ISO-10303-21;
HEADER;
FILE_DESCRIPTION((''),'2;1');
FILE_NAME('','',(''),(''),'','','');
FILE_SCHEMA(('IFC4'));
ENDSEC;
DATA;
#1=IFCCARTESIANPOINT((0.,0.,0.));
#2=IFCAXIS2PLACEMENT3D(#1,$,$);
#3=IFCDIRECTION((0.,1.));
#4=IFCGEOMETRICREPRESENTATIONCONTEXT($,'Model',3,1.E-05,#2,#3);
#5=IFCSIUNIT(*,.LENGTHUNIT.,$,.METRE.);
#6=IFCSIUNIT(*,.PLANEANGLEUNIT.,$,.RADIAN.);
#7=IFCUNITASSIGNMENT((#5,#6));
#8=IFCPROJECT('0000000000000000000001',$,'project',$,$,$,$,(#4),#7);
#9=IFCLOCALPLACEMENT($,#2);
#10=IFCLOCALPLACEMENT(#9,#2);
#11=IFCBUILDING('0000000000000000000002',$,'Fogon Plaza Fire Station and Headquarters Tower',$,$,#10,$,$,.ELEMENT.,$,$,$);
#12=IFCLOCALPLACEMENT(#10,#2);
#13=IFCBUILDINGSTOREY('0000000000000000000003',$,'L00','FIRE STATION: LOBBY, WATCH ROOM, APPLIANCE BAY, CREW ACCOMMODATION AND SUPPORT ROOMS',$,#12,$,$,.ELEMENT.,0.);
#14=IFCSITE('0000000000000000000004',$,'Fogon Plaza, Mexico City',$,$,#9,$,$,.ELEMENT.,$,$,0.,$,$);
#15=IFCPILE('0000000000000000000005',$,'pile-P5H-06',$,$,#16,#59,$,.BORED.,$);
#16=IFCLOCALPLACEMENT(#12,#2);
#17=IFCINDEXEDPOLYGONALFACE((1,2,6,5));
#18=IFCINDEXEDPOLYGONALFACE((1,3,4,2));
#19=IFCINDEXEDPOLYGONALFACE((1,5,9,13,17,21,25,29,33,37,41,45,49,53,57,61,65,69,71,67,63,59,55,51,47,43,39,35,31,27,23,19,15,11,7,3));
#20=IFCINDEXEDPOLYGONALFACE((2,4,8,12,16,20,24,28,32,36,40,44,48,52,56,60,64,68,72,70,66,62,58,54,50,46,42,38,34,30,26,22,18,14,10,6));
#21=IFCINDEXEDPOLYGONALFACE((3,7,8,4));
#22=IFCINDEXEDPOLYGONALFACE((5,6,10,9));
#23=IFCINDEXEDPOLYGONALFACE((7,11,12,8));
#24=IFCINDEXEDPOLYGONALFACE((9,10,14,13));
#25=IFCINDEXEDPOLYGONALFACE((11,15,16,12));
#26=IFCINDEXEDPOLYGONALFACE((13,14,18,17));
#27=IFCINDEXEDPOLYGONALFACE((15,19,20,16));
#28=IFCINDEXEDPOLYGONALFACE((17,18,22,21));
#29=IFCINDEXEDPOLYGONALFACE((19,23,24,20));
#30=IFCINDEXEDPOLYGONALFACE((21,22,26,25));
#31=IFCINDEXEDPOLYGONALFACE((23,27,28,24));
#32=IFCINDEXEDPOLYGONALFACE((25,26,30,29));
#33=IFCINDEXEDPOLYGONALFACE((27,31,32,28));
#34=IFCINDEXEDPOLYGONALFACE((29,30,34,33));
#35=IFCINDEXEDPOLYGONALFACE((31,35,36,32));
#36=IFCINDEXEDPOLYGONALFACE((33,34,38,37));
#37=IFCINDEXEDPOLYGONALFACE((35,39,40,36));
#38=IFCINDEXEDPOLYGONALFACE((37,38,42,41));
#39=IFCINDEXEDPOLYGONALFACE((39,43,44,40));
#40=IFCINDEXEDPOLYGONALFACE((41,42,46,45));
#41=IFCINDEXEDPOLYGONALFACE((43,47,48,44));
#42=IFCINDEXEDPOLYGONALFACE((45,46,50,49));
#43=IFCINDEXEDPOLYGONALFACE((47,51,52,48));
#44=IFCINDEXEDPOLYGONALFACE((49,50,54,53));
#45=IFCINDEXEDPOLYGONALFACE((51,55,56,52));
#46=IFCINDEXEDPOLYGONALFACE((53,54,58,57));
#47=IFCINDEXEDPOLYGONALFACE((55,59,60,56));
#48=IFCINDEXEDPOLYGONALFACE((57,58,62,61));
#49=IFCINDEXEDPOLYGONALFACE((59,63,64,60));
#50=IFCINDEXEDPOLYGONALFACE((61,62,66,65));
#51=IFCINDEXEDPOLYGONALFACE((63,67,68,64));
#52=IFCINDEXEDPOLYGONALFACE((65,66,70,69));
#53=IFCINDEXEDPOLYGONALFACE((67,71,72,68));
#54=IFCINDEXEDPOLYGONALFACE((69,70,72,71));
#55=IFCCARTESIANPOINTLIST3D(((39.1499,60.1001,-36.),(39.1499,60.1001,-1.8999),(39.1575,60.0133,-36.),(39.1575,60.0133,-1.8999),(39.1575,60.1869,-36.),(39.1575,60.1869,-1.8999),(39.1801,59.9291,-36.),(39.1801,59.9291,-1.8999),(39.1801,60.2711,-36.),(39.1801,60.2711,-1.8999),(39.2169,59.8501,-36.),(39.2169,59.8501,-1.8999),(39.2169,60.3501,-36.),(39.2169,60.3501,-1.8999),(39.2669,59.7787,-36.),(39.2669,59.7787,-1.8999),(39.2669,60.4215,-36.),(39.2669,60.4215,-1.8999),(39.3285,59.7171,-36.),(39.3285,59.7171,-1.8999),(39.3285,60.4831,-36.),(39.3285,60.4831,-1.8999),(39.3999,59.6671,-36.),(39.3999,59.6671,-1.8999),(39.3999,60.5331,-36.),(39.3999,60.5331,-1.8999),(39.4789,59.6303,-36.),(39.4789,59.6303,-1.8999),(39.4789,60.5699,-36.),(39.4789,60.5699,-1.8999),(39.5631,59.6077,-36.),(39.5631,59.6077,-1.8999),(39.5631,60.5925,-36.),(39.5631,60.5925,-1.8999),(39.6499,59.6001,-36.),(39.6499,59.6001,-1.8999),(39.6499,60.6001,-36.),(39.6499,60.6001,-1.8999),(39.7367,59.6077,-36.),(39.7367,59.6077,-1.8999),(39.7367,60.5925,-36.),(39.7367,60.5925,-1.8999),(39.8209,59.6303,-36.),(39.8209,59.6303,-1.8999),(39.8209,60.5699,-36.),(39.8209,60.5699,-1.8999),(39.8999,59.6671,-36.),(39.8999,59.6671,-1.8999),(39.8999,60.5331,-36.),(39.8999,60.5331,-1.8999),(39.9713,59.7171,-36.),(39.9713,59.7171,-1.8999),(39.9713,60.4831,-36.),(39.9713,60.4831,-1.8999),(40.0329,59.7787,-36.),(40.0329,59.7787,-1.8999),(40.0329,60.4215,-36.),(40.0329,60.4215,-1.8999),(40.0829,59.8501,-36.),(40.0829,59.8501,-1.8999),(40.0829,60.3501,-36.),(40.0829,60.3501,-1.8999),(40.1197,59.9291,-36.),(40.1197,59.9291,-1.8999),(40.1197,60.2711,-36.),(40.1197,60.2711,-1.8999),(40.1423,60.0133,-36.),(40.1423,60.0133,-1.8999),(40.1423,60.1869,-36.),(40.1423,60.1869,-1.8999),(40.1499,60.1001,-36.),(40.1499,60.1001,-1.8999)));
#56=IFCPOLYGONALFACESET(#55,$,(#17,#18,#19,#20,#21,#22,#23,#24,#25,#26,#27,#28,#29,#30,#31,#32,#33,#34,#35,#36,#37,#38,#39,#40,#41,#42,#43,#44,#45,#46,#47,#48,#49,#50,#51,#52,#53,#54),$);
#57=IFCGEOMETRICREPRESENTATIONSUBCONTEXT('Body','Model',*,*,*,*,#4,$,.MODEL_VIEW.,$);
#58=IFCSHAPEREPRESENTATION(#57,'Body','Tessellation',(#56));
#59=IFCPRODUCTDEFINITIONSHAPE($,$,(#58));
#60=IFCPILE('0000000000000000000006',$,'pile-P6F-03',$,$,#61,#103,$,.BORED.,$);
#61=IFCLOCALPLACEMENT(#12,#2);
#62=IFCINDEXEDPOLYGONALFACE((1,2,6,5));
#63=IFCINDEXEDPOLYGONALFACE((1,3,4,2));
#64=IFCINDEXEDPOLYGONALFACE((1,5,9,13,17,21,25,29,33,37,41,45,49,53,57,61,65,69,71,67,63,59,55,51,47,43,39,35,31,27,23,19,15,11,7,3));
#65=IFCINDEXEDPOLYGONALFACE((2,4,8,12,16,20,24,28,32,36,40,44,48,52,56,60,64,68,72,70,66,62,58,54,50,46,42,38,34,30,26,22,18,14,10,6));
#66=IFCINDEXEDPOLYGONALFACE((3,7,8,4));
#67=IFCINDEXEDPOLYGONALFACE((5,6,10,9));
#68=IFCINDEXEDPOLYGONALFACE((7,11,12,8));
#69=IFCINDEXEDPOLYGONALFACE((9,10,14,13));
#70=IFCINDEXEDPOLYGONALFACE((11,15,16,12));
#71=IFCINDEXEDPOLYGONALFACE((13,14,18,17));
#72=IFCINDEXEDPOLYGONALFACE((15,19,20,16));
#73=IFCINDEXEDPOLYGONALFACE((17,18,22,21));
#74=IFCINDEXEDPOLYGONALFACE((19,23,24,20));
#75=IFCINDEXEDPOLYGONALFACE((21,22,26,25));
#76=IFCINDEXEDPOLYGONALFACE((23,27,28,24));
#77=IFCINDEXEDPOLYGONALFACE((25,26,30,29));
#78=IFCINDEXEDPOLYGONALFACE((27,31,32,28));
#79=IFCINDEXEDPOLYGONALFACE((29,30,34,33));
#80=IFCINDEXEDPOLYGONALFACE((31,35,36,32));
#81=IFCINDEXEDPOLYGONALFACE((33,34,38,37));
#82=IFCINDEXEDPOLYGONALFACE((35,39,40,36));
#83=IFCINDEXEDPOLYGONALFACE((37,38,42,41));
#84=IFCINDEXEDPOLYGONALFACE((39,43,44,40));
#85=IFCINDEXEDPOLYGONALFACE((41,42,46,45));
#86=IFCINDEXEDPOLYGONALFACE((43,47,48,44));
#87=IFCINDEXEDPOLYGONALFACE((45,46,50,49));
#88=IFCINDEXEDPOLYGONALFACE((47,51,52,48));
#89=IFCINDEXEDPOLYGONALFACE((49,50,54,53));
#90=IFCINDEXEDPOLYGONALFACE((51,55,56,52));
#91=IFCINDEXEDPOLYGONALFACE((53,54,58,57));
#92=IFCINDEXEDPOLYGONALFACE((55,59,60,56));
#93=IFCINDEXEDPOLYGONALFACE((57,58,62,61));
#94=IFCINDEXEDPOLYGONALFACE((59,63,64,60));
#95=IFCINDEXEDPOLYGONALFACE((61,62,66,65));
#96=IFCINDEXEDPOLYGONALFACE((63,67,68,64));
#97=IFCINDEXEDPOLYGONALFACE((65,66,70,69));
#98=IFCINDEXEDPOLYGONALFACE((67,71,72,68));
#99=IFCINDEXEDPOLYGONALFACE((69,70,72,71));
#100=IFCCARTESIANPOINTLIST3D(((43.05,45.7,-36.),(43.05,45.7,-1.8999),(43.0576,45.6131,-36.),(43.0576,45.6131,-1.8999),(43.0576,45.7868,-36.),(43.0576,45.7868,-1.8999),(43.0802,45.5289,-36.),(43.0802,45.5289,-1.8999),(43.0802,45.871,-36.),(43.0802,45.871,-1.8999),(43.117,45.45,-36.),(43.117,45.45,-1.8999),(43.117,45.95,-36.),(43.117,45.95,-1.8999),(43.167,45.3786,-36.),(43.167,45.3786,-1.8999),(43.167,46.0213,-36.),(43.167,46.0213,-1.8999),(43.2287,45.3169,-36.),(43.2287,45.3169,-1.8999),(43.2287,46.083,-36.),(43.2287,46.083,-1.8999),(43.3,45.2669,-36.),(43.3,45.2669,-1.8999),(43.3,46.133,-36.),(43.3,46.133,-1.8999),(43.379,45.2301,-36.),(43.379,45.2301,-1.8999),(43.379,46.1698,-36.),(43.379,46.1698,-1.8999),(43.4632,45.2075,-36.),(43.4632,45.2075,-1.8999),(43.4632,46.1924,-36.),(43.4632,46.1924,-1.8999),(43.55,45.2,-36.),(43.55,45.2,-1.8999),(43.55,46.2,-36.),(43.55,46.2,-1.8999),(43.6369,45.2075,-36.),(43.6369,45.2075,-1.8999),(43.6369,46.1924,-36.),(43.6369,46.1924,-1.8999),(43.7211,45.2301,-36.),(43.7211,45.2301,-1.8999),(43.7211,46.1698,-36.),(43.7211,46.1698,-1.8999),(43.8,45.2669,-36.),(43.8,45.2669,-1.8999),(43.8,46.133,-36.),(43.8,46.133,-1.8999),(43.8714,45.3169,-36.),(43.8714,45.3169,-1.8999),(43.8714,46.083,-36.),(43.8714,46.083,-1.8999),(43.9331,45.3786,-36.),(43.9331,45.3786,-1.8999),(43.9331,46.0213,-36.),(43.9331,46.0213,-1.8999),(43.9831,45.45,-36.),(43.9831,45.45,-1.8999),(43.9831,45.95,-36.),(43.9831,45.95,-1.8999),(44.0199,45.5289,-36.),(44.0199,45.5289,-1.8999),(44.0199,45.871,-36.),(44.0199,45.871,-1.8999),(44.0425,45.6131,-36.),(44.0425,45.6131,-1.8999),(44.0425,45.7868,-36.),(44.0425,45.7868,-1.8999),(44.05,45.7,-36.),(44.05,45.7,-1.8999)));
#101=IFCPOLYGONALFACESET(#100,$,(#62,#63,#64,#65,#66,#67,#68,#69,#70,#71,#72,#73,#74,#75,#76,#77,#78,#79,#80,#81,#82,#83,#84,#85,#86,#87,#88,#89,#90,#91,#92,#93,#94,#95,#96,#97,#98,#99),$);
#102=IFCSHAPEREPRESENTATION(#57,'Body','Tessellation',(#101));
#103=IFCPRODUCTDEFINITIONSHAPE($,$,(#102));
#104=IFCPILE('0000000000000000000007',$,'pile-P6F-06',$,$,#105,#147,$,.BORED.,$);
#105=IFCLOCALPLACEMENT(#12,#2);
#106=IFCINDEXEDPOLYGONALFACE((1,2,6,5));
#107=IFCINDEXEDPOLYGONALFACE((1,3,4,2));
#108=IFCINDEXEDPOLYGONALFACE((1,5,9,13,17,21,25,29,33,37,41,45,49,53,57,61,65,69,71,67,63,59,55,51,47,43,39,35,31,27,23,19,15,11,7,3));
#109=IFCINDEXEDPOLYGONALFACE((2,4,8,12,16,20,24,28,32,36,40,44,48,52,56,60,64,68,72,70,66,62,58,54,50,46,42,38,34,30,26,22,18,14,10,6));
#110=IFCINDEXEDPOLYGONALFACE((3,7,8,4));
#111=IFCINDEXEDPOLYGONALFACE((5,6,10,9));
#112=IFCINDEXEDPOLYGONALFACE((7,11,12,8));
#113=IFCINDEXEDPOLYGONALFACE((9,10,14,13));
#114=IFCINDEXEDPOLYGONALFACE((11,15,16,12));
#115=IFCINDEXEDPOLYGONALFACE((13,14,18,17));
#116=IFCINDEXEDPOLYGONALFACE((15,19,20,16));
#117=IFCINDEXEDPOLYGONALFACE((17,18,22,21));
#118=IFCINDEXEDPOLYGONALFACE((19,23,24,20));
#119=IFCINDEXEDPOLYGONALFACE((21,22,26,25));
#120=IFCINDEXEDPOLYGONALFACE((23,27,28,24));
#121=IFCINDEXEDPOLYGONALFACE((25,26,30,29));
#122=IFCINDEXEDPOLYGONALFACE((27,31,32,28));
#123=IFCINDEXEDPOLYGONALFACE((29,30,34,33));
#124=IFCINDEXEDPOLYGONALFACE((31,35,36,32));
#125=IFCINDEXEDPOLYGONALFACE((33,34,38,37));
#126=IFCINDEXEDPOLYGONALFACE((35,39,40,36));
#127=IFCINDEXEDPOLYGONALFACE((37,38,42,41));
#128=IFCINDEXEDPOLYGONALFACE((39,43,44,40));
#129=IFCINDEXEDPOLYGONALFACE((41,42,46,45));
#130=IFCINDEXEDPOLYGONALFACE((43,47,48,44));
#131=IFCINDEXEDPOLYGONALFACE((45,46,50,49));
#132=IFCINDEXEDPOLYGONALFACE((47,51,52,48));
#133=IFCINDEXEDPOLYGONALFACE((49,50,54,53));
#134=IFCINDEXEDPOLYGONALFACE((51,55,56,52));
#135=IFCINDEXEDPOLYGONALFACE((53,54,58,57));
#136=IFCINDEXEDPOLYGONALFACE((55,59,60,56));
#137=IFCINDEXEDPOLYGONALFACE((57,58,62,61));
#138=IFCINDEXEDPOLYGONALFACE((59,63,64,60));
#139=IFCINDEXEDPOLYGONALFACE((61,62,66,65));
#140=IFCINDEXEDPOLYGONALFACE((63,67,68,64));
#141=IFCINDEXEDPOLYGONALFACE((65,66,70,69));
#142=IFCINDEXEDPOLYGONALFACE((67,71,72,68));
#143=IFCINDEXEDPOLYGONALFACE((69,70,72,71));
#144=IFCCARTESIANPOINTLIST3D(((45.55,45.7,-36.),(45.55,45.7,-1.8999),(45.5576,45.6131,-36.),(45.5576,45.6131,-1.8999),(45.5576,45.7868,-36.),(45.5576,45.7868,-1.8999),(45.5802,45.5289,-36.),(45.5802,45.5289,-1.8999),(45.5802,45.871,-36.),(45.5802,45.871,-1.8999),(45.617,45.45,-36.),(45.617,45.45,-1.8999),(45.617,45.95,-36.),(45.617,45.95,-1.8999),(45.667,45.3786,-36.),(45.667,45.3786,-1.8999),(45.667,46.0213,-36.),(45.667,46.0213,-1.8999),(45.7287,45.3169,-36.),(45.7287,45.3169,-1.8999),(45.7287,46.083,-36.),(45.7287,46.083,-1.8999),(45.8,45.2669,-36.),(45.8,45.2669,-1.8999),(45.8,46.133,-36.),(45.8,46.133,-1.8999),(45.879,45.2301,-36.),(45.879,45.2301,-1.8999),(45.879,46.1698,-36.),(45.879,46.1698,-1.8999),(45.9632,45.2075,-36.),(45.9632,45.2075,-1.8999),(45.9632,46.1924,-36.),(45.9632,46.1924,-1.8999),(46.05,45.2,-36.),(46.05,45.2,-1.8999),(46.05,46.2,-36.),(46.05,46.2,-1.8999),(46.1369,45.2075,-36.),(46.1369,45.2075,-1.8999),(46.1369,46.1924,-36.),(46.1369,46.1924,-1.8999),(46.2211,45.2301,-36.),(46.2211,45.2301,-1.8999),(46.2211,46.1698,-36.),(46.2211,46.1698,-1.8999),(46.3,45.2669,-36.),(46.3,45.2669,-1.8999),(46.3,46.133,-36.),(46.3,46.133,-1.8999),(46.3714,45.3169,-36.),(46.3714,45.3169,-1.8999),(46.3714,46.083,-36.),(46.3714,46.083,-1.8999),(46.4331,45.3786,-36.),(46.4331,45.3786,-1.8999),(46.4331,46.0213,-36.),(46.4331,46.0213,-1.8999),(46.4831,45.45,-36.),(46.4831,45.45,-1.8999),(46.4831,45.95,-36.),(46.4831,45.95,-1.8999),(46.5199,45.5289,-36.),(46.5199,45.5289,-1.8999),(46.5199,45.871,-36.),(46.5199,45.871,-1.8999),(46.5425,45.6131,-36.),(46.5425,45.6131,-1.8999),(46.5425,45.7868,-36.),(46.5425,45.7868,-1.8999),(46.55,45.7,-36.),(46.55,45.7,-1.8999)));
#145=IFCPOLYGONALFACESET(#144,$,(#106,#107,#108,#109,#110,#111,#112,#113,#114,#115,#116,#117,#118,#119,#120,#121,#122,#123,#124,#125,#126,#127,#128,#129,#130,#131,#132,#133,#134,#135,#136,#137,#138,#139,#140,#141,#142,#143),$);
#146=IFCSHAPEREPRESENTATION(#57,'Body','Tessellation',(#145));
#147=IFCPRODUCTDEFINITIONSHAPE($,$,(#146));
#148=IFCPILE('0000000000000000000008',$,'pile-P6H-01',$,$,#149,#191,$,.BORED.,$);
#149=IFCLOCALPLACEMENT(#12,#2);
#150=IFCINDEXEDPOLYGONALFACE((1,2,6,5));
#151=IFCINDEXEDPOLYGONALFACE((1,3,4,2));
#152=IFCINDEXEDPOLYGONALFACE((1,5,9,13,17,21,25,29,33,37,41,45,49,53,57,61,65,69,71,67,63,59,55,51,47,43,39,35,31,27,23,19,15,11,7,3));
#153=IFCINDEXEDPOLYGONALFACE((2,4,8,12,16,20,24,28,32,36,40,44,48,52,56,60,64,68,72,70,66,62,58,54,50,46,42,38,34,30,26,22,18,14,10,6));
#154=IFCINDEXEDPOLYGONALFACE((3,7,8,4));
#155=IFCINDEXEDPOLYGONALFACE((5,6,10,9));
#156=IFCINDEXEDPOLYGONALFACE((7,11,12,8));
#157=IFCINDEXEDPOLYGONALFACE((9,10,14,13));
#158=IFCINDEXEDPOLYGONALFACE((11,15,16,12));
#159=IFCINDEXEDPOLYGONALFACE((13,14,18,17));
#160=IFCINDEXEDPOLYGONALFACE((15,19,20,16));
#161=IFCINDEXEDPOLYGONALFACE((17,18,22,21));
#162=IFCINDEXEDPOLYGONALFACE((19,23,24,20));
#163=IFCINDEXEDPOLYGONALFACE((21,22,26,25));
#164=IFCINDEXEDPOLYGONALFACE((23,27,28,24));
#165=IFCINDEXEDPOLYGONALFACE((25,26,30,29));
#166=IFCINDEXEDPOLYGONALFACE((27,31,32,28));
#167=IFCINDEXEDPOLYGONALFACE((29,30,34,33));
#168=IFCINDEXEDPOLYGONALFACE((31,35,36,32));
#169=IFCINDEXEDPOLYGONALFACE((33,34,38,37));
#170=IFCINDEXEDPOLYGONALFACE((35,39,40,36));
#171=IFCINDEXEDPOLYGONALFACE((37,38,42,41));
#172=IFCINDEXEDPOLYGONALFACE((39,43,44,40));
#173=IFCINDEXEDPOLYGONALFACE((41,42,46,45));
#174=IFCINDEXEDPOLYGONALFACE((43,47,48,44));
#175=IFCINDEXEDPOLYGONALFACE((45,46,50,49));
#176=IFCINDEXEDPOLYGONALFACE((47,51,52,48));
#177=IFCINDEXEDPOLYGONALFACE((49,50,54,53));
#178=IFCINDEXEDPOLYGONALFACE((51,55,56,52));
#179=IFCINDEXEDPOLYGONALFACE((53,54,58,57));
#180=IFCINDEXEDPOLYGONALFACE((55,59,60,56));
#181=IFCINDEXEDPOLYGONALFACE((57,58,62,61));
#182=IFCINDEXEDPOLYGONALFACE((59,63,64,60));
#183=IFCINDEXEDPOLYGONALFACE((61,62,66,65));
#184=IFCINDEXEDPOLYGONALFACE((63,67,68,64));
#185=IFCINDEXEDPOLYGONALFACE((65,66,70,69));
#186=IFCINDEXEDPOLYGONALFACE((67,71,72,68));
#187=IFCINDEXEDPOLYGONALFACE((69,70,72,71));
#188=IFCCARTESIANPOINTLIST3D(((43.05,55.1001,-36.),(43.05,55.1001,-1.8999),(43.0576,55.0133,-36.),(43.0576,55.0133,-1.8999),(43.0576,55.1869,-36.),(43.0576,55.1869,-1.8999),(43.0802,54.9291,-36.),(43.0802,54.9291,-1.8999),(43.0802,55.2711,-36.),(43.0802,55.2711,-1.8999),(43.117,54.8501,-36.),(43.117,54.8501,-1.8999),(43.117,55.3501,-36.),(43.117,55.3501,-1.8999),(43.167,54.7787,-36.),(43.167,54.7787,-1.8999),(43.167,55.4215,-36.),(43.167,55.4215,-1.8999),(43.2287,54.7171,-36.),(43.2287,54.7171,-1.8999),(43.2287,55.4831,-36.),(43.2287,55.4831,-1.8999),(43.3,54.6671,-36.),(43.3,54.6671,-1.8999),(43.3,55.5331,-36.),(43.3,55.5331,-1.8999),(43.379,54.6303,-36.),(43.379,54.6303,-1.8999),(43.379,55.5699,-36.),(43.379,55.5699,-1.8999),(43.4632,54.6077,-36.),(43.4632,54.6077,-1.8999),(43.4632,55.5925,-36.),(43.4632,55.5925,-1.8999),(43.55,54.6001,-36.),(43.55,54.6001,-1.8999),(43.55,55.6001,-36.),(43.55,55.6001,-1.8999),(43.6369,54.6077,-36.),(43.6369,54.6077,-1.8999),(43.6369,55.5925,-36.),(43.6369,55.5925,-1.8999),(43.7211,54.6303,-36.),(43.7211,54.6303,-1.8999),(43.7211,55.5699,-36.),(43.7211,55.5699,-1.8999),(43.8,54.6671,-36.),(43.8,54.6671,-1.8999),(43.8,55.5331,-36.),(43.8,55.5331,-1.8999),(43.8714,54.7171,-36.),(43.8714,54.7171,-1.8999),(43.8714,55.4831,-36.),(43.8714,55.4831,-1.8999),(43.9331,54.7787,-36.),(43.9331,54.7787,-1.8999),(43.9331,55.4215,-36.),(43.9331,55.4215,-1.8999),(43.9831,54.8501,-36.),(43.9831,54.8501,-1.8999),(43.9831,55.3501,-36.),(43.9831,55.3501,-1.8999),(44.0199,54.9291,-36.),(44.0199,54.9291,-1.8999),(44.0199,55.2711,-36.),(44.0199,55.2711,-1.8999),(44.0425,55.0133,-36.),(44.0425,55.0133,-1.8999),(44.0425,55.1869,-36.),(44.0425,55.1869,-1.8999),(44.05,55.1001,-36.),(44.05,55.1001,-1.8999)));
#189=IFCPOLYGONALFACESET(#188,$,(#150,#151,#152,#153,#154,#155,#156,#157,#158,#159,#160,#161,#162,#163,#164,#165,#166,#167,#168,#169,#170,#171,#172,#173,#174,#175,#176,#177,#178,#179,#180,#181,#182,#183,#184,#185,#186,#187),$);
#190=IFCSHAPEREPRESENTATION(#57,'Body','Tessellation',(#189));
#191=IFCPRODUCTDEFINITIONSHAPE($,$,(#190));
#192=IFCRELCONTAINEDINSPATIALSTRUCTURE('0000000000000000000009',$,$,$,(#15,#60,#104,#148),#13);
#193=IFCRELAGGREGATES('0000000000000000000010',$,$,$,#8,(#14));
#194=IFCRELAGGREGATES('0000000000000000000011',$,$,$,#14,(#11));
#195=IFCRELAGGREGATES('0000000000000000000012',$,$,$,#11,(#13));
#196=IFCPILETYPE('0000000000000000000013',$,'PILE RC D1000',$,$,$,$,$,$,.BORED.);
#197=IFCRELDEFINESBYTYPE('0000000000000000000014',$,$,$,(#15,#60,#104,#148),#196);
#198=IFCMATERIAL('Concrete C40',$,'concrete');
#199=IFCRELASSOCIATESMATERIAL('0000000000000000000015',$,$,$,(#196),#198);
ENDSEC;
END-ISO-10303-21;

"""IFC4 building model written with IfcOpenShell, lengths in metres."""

from ifc_helpers import new_model, si_unit, direction, frame, origin, origin_2d, place, context, subcontext, project, spatial, circle, extrude, material, material_profile, profile_set, type_object, element, save


model = new_model("IFC4")

# Units and contexts
model_context = context("Model", 3, precision=1e-05, world=origin(), true_north=direction((0.0, 1.0)))
body_context = subcontext(model_context, "Body", "Model", "MODEL_VIEW")
ifc_project = project(units=[si_unit("LENGTHUNIT", "METRE"), si_unit("PLANEANGLEUNIT", "RADIAN")], contexts=[model_context])

# Site, building, storey
site_placement = place(None, origin())
site = spatial("IfcSite", under=ifc_project, at=site_placement, Name="Fogon Plaza, Mexico City", CompositionType="ELEMENT", RefElevation=0.0)
building_placement = place(site_placement, origin())
building = spatial("IfcBuilding", under=site, at=building_placement, Name="Fogon Plaza Fire Station and Headquarters Tower", CompositionType="ELEMENT")
storey_placement = place(building_placement, origin())
storey = spatial("IfcBuildingStorey", under=building, at=storey_placement, Name="L00", Description="FIRE STATION: LOBBY, WATCH ROOM, APPLIANCE BAY, CREW ACCOMMODATION AND SUPPORT ROOMS", CompositionType="ELEMENT", Elevation=0.0)

# Piles
ifc_material_1 = material(Name="Concrete C40", Category="concrete")
ifc_material_profile_1 = material_profile(ifc_material_1, circle(Radius=0.5, at=origin_2d()), Name="RC D1000")
ifc_profile_set_1 = profile_set([ifc_material_profile_1], Name="Concrete C40")
pile_type_1 = type_object("IfcPileType", Name="PILE RC D1000", PredefinedType="BORED", material=ifc_profile_set_1)
for number, where, z_axis, x_axis, name in (
    (1, (39.6499, 60.1001, -1.8999), (0.0, 0.0, -1.0), (1.0, 0.0, 0.0), "pile-P5H-06"),
    (2, (43.55, 45.7, -1.8999), (0.0, 0.0, -1.0), (1.0, 0.0, 0.0), "pile-P6F-03"),
    (3, (46.05, 45.7, -1.8999), (0.0, 0.0, -1.0), (1.0, 0.0, 0.0), "pile-P6F-06"),
    (4, (43.55, 55.1001, -1.8999), (0.0, 0.0, -1.0), (1.0, 0.0, 0.0), "pile-P6H-01"),
):
    element("IfcPile", number, at=place(storey_placement, frame(where, z_axis=z_axis, x_axis=x_axis)), inside=storey, type_object=pile_type_1, Name=name, PredefinedType="BORED", context=body_context, shape_type="SweptSolid", body=[
        extrude(circle(Radius=0.5, at=origin_2d()), origin(), (0.0, 0.0, 1.0), 34.1001),
    ])

save(model, "model.ifc")
